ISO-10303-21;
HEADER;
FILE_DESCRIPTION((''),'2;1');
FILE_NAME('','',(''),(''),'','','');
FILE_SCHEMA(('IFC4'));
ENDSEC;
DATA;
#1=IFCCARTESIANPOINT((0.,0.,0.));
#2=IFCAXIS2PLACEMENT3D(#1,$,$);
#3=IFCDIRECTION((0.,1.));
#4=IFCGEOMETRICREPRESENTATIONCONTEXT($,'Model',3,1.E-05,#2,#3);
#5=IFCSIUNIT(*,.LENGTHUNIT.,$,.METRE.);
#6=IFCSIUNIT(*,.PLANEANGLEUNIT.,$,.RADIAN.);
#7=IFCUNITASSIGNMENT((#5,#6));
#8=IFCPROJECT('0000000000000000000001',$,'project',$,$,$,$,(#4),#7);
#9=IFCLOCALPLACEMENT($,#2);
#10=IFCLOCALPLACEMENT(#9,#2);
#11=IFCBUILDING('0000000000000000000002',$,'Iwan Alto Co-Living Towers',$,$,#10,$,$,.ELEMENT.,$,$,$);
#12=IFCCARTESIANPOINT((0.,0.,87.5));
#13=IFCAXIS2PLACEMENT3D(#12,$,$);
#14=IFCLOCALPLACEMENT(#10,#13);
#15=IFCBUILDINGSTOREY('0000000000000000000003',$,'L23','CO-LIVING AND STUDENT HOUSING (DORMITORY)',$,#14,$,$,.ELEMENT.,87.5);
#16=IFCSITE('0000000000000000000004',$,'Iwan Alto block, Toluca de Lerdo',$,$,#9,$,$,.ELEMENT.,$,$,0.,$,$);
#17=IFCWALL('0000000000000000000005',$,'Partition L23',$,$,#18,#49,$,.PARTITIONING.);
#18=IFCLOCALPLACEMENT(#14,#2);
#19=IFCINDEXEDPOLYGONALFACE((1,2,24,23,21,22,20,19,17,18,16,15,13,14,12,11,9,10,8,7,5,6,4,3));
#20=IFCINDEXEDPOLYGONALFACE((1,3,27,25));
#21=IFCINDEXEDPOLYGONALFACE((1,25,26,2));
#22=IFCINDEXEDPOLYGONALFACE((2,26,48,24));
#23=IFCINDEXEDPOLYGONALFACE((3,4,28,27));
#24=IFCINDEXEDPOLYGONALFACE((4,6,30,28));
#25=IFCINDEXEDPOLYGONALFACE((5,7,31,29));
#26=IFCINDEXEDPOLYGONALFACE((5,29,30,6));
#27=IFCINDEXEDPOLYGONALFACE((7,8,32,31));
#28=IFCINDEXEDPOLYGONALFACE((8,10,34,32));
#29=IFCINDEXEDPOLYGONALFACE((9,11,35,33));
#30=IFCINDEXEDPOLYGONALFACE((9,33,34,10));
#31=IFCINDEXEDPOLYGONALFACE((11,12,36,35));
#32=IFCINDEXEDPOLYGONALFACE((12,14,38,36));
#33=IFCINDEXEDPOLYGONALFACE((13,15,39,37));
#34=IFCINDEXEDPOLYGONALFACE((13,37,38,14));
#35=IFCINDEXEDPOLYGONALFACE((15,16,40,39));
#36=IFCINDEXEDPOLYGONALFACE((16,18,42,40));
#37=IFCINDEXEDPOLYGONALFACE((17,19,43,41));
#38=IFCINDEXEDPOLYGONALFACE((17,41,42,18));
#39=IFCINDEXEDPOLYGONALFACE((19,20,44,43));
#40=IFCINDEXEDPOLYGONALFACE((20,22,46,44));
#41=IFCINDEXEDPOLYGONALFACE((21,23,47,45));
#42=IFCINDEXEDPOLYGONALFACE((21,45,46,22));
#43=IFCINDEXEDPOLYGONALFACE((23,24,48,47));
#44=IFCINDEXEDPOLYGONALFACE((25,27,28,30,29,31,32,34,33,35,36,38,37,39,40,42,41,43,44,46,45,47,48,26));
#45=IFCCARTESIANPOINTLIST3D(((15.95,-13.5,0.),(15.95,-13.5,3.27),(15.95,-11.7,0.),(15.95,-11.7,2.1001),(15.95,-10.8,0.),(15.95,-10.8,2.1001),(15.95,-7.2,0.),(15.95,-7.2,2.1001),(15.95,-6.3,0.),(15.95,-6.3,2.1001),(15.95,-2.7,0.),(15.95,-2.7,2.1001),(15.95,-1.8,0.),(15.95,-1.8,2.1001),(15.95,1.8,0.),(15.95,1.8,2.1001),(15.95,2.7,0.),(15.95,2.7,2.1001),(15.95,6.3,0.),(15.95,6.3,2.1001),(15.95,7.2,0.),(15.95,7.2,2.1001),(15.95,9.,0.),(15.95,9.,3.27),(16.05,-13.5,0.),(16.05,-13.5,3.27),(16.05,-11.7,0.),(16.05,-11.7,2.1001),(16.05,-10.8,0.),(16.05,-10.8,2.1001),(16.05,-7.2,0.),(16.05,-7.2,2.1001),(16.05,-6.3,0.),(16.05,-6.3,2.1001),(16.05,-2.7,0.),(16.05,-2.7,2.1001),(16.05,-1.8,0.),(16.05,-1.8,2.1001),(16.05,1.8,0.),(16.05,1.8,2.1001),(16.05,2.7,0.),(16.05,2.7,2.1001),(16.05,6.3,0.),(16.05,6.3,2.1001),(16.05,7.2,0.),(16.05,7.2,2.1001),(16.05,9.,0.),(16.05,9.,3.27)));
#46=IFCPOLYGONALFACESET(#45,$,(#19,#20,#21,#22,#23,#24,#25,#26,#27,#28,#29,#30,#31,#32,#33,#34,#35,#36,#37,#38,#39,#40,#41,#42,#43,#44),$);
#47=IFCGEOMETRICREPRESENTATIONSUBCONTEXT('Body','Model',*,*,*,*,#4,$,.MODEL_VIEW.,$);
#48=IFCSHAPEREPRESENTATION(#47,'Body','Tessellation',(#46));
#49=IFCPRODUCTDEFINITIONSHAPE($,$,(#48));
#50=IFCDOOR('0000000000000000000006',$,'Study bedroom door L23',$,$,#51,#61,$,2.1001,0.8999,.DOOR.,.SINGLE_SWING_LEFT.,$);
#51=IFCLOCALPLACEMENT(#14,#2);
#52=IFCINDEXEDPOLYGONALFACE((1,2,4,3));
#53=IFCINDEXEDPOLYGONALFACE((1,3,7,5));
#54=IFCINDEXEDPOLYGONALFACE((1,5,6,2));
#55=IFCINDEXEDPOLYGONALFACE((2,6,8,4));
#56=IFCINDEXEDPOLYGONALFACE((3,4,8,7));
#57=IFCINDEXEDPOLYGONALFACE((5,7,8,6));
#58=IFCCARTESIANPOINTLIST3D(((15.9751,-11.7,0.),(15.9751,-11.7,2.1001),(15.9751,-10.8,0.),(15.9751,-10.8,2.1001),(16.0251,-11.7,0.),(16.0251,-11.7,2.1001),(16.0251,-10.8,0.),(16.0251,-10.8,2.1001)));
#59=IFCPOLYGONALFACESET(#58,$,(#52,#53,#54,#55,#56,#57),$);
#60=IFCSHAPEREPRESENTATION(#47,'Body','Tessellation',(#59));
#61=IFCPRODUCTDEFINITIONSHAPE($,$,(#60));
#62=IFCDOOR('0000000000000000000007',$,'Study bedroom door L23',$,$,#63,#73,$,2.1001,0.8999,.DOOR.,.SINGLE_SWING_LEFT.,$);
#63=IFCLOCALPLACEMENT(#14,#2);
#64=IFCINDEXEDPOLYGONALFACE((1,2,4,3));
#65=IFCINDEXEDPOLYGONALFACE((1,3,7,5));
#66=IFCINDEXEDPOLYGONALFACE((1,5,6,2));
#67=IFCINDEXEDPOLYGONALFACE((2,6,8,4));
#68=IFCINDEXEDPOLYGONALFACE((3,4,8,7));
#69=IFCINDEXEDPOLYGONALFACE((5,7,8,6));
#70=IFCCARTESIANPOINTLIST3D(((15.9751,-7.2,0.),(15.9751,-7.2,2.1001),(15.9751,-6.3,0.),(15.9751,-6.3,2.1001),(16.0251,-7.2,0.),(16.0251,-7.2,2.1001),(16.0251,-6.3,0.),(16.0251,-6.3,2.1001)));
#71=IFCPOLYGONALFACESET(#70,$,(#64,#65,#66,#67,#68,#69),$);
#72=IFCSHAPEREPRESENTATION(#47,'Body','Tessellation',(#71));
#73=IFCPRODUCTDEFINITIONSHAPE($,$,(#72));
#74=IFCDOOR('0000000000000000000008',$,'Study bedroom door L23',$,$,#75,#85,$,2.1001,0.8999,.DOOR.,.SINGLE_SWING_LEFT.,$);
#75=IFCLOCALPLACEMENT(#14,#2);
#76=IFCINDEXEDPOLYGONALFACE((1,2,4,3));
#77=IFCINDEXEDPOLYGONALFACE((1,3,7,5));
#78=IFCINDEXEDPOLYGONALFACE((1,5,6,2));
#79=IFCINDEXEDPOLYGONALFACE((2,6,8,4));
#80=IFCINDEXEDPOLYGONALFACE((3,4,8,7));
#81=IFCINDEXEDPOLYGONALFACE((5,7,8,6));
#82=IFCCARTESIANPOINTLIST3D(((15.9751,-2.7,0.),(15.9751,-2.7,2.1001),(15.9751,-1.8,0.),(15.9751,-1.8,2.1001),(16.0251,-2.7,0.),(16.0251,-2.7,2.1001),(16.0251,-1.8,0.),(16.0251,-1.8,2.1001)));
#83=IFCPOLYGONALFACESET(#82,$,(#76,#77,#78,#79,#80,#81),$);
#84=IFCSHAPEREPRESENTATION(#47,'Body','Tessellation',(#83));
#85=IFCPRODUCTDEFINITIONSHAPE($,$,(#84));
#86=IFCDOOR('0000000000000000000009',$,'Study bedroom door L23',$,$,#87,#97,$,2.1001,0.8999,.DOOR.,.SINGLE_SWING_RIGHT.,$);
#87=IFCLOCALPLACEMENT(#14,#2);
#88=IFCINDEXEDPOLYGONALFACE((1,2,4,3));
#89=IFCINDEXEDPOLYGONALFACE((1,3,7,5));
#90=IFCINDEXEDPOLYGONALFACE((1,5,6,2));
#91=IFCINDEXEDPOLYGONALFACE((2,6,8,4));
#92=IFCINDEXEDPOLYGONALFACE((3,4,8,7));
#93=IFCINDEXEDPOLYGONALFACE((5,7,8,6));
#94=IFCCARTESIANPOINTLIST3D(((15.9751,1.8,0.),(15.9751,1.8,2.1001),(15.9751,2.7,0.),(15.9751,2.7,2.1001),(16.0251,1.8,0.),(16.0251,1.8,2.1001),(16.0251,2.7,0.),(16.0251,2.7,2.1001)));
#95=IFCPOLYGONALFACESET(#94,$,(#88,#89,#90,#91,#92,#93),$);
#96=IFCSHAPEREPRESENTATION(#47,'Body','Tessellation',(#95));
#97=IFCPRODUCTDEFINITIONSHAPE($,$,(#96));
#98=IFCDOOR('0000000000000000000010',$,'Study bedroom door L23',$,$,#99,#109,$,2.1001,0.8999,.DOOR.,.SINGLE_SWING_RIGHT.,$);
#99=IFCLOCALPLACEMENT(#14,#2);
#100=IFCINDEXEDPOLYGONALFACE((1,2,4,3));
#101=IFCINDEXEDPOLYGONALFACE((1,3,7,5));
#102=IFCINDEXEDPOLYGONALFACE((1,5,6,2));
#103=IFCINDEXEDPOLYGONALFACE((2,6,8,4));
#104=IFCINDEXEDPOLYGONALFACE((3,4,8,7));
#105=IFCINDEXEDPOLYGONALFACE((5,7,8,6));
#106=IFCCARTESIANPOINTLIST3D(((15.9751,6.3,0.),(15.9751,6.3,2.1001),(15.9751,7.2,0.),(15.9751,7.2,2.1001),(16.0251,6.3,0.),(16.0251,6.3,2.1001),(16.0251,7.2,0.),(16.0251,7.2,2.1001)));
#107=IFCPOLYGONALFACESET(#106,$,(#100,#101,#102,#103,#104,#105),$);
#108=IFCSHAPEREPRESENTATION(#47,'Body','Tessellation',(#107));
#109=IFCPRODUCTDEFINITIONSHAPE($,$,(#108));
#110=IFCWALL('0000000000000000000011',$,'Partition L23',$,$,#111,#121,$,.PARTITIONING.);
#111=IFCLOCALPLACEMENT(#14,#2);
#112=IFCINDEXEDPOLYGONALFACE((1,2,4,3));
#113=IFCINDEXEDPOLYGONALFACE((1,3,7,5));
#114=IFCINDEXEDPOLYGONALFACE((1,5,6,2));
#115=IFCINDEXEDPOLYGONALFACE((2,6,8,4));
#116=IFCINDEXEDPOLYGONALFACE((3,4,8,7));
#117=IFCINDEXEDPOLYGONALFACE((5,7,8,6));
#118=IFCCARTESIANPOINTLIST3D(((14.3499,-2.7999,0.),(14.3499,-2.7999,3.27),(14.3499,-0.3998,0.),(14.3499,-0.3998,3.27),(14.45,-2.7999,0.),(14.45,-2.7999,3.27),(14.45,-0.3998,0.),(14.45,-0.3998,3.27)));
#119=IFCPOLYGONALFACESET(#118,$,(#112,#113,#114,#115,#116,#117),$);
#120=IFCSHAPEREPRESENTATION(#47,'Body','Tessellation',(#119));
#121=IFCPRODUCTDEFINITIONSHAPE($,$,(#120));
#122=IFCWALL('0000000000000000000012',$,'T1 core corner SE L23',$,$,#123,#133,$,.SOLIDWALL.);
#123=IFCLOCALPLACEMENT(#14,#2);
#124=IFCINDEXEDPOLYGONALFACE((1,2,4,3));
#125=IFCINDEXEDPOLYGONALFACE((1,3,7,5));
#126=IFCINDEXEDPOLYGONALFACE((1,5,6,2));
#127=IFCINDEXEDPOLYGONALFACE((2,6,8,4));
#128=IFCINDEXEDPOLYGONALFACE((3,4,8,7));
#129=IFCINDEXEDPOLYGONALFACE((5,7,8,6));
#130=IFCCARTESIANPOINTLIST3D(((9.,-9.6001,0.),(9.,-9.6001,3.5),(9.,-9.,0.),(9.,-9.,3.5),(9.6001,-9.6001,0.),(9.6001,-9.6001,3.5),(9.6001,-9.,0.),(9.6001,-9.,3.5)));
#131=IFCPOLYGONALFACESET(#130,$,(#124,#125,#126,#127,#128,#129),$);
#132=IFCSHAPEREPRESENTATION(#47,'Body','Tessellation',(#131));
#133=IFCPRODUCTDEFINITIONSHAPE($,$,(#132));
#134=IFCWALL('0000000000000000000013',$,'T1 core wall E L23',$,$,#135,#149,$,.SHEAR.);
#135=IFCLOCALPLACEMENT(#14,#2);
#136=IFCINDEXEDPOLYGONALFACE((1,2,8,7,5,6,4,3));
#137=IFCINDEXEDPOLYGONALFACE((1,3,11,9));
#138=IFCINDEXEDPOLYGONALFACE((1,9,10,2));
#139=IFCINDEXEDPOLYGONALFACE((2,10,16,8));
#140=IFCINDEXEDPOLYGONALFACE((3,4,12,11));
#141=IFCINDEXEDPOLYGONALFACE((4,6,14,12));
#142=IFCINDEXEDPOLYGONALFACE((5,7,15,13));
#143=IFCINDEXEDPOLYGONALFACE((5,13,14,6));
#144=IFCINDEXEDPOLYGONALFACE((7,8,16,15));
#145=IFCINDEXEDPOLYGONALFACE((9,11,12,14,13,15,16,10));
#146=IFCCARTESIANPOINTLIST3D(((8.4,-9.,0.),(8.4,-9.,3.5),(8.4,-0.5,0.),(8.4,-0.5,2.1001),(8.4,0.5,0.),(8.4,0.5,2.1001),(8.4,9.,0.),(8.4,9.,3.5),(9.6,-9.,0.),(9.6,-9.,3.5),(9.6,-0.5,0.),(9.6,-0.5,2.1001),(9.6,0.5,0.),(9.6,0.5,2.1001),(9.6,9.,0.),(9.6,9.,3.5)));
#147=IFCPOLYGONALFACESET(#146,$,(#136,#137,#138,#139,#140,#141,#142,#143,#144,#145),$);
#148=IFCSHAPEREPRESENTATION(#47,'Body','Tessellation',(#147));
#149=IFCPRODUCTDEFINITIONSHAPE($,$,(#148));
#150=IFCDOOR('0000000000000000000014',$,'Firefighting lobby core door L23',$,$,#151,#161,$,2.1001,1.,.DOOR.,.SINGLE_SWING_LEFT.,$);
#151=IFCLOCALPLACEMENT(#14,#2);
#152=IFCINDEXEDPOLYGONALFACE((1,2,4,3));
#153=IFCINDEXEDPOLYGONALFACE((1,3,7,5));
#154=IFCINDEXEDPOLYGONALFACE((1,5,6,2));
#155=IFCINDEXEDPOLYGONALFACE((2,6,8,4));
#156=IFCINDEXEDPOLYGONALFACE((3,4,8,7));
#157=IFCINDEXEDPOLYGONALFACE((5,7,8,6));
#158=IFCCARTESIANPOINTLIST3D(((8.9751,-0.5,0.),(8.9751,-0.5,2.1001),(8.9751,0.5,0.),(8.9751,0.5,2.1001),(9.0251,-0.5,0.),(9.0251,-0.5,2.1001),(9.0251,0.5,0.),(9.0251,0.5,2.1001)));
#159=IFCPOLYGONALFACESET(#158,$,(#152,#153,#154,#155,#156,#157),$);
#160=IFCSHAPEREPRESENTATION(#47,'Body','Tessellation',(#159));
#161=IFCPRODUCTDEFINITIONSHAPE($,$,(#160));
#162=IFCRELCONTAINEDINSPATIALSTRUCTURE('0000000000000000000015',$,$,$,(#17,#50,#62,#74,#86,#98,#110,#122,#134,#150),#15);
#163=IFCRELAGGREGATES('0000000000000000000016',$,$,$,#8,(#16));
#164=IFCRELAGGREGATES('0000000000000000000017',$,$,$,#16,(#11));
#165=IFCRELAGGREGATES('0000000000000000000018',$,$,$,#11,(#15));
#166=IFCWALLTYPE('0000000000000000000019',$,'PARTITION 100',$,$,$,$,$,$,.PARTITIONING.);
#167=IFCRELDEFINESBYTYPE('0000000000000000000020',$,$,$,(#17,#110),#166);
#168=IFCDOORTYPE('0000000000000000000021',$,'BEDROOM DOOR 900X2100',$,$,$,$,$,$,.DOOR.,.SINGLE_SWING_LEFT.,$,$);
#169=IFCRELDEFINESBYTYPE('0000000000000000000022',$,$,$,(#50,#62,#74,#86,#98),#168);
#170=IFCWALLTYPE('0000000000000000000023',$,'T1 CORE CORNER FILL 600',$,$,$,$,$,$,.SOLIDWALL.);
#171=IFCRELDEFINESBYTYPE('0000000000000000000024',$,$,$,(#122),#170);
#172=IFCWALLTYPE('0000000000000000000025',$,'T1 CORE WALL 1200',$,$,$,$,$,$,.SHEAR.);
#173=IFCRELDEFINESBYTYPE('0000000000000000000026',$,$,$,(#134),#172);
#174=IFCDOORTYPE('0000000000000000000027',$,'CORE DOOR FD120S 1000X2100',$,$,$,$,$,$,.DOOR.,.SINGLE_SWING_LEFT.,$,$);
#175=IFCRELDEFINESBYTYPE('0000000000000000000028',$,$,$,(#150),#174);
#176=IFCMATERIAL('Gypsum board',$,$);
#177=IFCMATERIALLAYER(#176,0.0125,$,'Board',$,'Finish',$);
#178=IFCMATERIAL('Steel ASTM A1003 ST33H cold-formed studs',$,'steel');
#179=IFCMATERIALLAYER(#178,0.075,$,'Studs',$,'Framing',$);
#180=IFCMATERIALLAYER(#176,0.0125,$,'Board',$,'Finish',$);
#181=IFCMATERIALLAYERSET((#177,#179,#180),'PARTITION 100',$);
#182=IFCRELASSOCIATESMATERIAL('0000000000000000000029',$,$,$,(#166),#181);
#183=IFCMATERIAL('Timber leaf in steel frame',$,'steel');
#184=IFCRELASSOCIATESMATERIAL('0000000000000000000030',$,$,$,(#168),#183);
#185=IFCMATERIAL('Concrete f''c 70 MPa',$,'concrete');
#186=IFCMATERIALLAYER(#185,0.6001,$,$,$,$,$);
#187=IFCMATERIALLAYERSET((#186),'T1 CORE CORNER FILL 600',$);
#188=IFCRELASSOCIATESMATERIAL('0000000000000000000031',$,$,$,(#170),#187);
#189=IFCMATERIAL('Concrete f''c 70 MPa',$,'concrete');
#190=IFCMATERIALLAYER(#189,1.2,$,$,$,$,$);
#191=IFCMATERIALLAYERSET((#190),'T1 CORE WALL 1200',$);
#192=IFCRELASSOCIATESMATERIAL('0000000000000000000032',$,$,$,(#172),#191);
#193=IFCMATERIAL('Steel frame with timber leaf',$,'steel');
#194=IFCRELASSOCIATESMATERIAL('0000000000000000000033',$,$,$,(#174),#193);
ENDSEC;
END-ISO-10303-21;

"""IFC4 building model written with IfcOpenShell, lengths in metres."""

from ifc_helpers import new_model, si_unit, direction, frame, frame_2d, origin, place, context, subcontext, project, spatial, rectangle, extrude, material, layer, layer_set, type_object, element, fill, save


model = new_model("IFC4")

# Units and contexts
model_context = context("Model", 3, precision=1e-05, world=origin(), true_north=direction((0.0, 1.0)))
body_context = subcontext(model_context, "Body", "Model", "MODEL_VIEW")
ifc_project = project(units=[si_unit("LENGTHUNIT", "METRE"), si_unit("PLANEANGLEUNIT", "RADIAN")], contexts=[model_context])

# Site, building, storey
site_placement = place(None, origin())
site = spatial("IfcSite", under=ifc_project, at=site_placement, Name="Iwan Alto block, Toluca de Lerdo", CompositionType="ELEMENT", RefElevation=0.0)
building_placement = place(site_placement, origin())
building = spatial("IfcBuilding", under=site, at=building_placement, Name="Iwan Alto Co-Living Towers", CompositionType="ELEMENT")
storey_placement = place(building_placement, frame((0.0, 0.0, 87.5)))
storey = spatial("IfcBuildingStorey", under=building, at=storey_placement, Name="L23", Description="CO-LIVING AND STUDENT HOUSING (DORMITORY)", CompositionType="ELEMENT", Elevation=87.5)

# Shared definitions
ifc_material_1 = material(Name="Gypsum board")
ifc_material_2 = material(Name="Steel ASTM A1003 ST33H cold-formed studs", Category="steel")

# Shared definitions
ifc_layer_1 = layer(ifc_material_1, 0.0125, Name="Board", Category="Finish")
ifc_layer_2 = layer(ifc_material_2, 0.075, Name="Studs", Category="Framing")
ifc_layer_3 = layer(ifc_material_1, 0.0125, Name="Board", Category="Finish")
ifc_layer_set_1 = layer_set([ifc_layer_1, ifc_layer_2, ifc_layer_3], Name="PARTITION 100")
wall_type_1 = type_object("IfcWallType", Name="PARTITION 100", PredefinedType="PARTITIONING", material=ifc_layer_set_1)

# Wall, openings, doors
wall_1_placement = place(storey_placement, frame((16.0, -13.5, 0.0), z_axis=(0.0, 0.0, 1.0), x_axis=(0.0, 1.0, 0.0)))
wall_1 = element("IfcWall", 1, at=wall_1_placement, inside=storey, type_object=wall_type_1, Name="Partition L23", PredefinedType="PARTITIONING", context=body_context, shape_type="SweptSolid", body=[
    extrude(rectangle(XDim=22.5, YDim=0.1001, at=frame_2d((11.25, 0.0))), origin(), (0.0, 0.0, 1.0), 3.27),
])
opening_1_placement = place(wall_1_placement, frame((1.8, 0.0, 0.0)))
opening_1 = element("IfcOpeningElement", 2, at=opening_1_placement, cuts=wall_1, PredefinedType="OPENING", context=body_context, shape_type="SweptSolid", body=[
    extrude(rectangle(XDim=0.8999, YDim=2.1001, at=frame_2d((0.45, 1.05))), frame((0.0, 0.0601, 0.0), z_axis=(0.0, -1.0, 0.0), x_axis=(1.0, 0.0, 0.0)), (0.0, 0.0, 1.0), 0.1201),
])
opening_2_placement = place(wall_1_placement, frame((6.3, 0.0, 0.0)))
opening_2 = element("IfcOpeningElement", 3, at=opening_2_placement, cuts=wall_1, PredefinedType="OPENING", context=body_context, shape_type="SweptSolid", body=[
    extrude(rectangle(XDim=0.8999, YDim=2.1001, at=frame_2d((0.45, 1.05))), frame((0.0, 0.0601, 0.0), z_axis=(0.0, -1.0, 0.0), x_axis=(1.0, 0.0, 0.0)), (0.0, 0.0, 1.0), 0.1201),
])
opening_3_placement = place(wall_1_placement, frame((10.8, 0.0, 0.0)))
opening_3 = element("IfcOpeningElement", 4, at=opening_3_placement, cuts=wall_1, PredefinedType="OPENING", context=body_context, shape_type="SweptSolid", body=[
    extrude(rectangle(XDim=0.8999, YDim=2.1001, at=frame_2d((0.45, 1.05))), frame((0.0, 0.0601, 0.0), z_axis=(0.0, -1.0, 0.0), x_axis=(1.0, 0.0, 0.0)), (0.0, 0.0, 1.0), 0.1201),
])
opening_4_placement = place(wall_1_placement, frame((15.3, 0.0, 0.0)))
opening_4 = element("IfcOpeningElement", 5, at=opening_4_placement, cuts=wall_1, PredefinedType="OPENING", context=body_context, shape_type="SweptSolid", body=[
    extrude(rectangle(XDim=0.8999, YDim=2.1001, at=frame_2d((0.45, 1.05))), frame((0.0, 0.0601, 0.0), z_axis=(0.0, -1.0, 0.0), x_axis=(1.0, 0.0, 0.0)), (0.0, 0.0, 1.0), 0.1201),
])
opening_5_placement = place(wall_1_placement, frame((19.8, 0.0, 0.0)))
opening_5 = element("IfcOpeningElement", 6, at=opening_5_placement, cuts=wall_1, PredefinedType="OPENING", context=body_context, shape_type="SweptSolid", body=[
    extrude(rectangle(XDim=0.8999, YDim=2.1001, at=frame_2d((0.45, 1.05))), frame((0.0, 0.0601, 0.0), z_axis=(0.0, -1.0, 0.0), x_axis=(1.0, 0.0, 0.0)), (0.0, 0.0, 1.0), 0.1201),
])
ifc_material_3 = material(Name="Timber leaf in steel frame", Category="steel")
door_type_1 = type_object("IfcDoorType", Name="BEDROOM DOOR 900X2100", OperationType="SINGLE_SWING_LEFT", PredefinedType="DOOR", material=ifc_material_3)
door_1_placement = place(opening_1_placement, origin())
door_1 = element("IfcDoor", 7, at=door_1_placement, inside=storey, type_object=door_type_1, Name="Study bedroom door L23", OperationType="SINGLE_SWING_LEFT", OverallHeight=2.1001, OverallWidth=0.8999, PredefinedType="DOOR", context=body_context, shape_type="SweptSolid", body=[
    extrude(rectangle(XDim=0.8999, YDim=2.1001, at=frame_2d((0.45, 1.05))), frame((0.0, 0.0249, 0.0), z_axis=(0.0, -1.0, 0.0), x_axis=(1.0, 0.0, 0.0)), (0.0, 0.0, 1.0), 0.05),
])
fill(opening_1, door_1)
door_2_placement = place(opening_2_placement, origin())
door_2 = element("IfcDoor", 8, at=door_2_placement, inside=storey, type_object=door_type_1, Name="Study bedroom door L23", OperationType="SINGLE_SWING_LEFT", OverallHeight=2.1001, OverallWidth=0.8999, PredefinedType="DOOR", context=body_context, shape_type="SweptSolid", body=[
    extrude(rectangle(XDim=0.8999, YDim=2.1001, at=frame_2d((0.45, 1.05))), frame((0.0, 0.0249, 0.0), z_axis=(0.0, -1.0, 0.0), x_axis=(1.0, 0.0, 0.0)), (0.0, 0.0, 1.0), 0.05),
])
fill(opening_2, door_2)
door_3_placement = place(opening_3_placement, origin())
door_3 = element("IfcDoor", 9, at=door_3_placement, inside=storey, type_object=door_type_1, Name="Study bedroom door L23", OperationType="SINGLE_SWING_LEFT", OverallHeight=2.1001, OverallWidth=0.8999, PredefinedType="DOOR", context=body_context, shape_type="SweptSolid", body=[
    extrude(rectangle(XDim=0.8999, YDim=2.1001, at=frame_2d((0.45, 1.05))), frame((0.0, 0.0249, 0.0), z_axis=(0.0, -1.0, 0.0), x_axis=(1.0, 0.0, 0.0)), (0.0, 0.0, 1.0), 0.05),
])
fill(opening_3, door_3)
door_4_placement = place(opening_4_placement, origin())
door_4 = element("IfcDoor", 10, at=door_4_placement, inside=storey, type_object=door_type_1, Name="Study bedroom door L23", OperationType="SINGLE_SWING_RIGHT", OverallHeight=2.1001, OverallWidth=0.8999, PredefinedType="DOOR", context=body_context, shape_type="SweptSolid", body=[
    extrude(rectangle(XDim=0.8999, YDim=2.1001, at=frame_2d((0.45, 1.05))), frame((0.0, 0.0249, 0.0), z_axis=(0.0, -1.0, 0.0), x_axis=(1.0, 0.0, 0.0)), (0.0, 0.0, 1.0), 0.05),
])
fill(opening_4, door_4)
door_5_placement = place(opening_5_placement, origin())
door_5 = element("IfcDoor", 11, at=door_5_placement, inside=storey, type_object=door_type_1, Name="Study bedroom door L23", OperationType="SINGLE_SWING_RIGHT", OverallHeight=2.1001, OverallWidth=0.8999, PredefinedType="DOOR", context=body_context, shape_type="SweptSolid", body=[
    extrude(rectangle(XDim=0.8999, YDim=2.1001, at=frame_2d((0.45, 1.05))), frame((0.0, 0.0249, 0.0), z_axis=(0.0, -1.0, 0.0), x_axis=(1.0, 0.0, 0.0)), (0.0, 0.0, 1.0), 0.05),
])
fill(opening_5, door_5)

# Walls
wall_2_placement = place(storey_placement, frame((14.3999, -2.8, 0.0), z_axis=(0.0, 0.0, 1.0), x_axis=(0.0, 1.0, 0.0)))
element("IfcWall", 12, at=wall_2_placement, inside=storey, type_object=wall_type_1, Name="Partition L23", PredefinedType="PARTITIONING", context=body_context, shape_type="SweptSolid", body=[
    extrude(rectangle(XDim=2.4001, YDim=0.1001, at=frame_2d((1.2002, 0.0))), origin(), (0.0, 0.0, 1.0), 3.27),
])
ifc_material_4 = material(Name="Concrete f'c 70 MPa", Category="concrete")
ifc_layer_4 = layer(ifc_material_4, 0.6001)
ifc_layer_set_2 = layer_set([ifc_layer_4], Name="T1 CORE CORNER FILL 600")
wall_type_2 = type_object("IfcWallType", Name="T1 CORE CORNER FILL 600", PredefinedType="SOLIDWALL", material=ifc_layer_set_2)
wall_3_placement = place(storey_placement, frame((9.0, -9.3, 0.0), z_axis=(0.0, 0.0, 1.0), x_axis=(1.0, 0.0, 0.0)))
element("IfcWall", 13, at=wall_3_placement, inside=storey, type_object=wall_type_2, Name="T1 core corner SE L23", PredefinedType="SOLIDWALL", context=body_context, shape_type="SweptSolid", body=[
    extrude(rectangle(XDim=0.6001, YDim=0.6001, at=frame_2d((0.3, 0.0))), origin(), (0.0, 0.0, 1.0), 3.5),
])

# Wall, opening, door
ifc_material_5 = material(Name="Concrete f'c 70 MPa", Category="concrete")
ifc_layer_5 = layer(ifc_material_5, 1.2)
ifc_layer_set_3 = layer_set([ifc_layer_5], Name="T1 CORE WALL 1200")
wall_type_3 = type_object("IfcWallType", Name="T1 CORE WALL 1200", PredefinedType="SHEAR", material=ifc_layer_set_3)
wall_4_placement = place(storey_placement, frame((9.0, -9.0, 0.0), z_axis=(0.0, 0.0, 1.0), x_axis=(0.0, 1.0, 0.0)))
wall_4 = element("IfcWall", 14, at=wall_4_placement, inside=storey, type_object=wall_type_3, Name="T1 core wall E L23", PredefinedType="SHEAR", context=body_context, shape_type="SweptSolid", body=[
    extrude(rectangle(XDim=18.0, YDim=1.2, at=frame_2d((9.0, 0.0))), origin(), (0.0, 0.0, 1.0), 3.5),
])
opening_6_placement = place(wall_4_placement, frame((8.5, 0.0, 0.0)))
opening_6 = element("IfcOpeningElement", 15, at=opening_6_placement, cuts=wall_4, PredefinedType="OPENING", context=body_context, shape_type="SweptSolid", body=[
    extrude(rectangle(XDim=1.0, YDim=2.1001, at=frame_2d((0.5, 1.05))), frame((0.0, 0.6099, 0.0), z_axis=(0.0, -1.0, 0.0), x_axis=(1.0, 0.0, 0.0)), (0.0, 0.0, 1.0), 1.22),
])
ifc_material_6 = material(Name="Steel frame with timber leaf", Category="steel")
door_type_2 = type_object("IfcDoorType", Name="CORE DOOR FD120S 1000X2100", OperationType="SINGLE_SWING_LEFT", PredefinedType="DOOR", material=ifc_material_6)
door_6_placement = place(opening_6_placement, origin())
door_6 = element("IfcDoor", 16, at=door_6_placement, inside=storey, type_object=door_type_2, Name="Firefighting lobby core door L23", OperationType="SINGLE_SWING_LEFT", OverallHeight=2.1001, OverallWidth=1.0, PredefinedType="DOOR", context=body_context, shape_type="SweptSolid", body=[
    extrude(rectangle(XDim=1.0, YDim=2.1001, at=frame_2d((0.5, 1.05))), frame((0.0, 0.0249, 0.0), z_axis=(0.0, -1.0, 0.0), x_axis=(1.0, 0.0, 0.0)), (0.0, 0.0, 1.0), 0.05),
])
fill(opening_6, door_6)

save(model, "model.ifc")
